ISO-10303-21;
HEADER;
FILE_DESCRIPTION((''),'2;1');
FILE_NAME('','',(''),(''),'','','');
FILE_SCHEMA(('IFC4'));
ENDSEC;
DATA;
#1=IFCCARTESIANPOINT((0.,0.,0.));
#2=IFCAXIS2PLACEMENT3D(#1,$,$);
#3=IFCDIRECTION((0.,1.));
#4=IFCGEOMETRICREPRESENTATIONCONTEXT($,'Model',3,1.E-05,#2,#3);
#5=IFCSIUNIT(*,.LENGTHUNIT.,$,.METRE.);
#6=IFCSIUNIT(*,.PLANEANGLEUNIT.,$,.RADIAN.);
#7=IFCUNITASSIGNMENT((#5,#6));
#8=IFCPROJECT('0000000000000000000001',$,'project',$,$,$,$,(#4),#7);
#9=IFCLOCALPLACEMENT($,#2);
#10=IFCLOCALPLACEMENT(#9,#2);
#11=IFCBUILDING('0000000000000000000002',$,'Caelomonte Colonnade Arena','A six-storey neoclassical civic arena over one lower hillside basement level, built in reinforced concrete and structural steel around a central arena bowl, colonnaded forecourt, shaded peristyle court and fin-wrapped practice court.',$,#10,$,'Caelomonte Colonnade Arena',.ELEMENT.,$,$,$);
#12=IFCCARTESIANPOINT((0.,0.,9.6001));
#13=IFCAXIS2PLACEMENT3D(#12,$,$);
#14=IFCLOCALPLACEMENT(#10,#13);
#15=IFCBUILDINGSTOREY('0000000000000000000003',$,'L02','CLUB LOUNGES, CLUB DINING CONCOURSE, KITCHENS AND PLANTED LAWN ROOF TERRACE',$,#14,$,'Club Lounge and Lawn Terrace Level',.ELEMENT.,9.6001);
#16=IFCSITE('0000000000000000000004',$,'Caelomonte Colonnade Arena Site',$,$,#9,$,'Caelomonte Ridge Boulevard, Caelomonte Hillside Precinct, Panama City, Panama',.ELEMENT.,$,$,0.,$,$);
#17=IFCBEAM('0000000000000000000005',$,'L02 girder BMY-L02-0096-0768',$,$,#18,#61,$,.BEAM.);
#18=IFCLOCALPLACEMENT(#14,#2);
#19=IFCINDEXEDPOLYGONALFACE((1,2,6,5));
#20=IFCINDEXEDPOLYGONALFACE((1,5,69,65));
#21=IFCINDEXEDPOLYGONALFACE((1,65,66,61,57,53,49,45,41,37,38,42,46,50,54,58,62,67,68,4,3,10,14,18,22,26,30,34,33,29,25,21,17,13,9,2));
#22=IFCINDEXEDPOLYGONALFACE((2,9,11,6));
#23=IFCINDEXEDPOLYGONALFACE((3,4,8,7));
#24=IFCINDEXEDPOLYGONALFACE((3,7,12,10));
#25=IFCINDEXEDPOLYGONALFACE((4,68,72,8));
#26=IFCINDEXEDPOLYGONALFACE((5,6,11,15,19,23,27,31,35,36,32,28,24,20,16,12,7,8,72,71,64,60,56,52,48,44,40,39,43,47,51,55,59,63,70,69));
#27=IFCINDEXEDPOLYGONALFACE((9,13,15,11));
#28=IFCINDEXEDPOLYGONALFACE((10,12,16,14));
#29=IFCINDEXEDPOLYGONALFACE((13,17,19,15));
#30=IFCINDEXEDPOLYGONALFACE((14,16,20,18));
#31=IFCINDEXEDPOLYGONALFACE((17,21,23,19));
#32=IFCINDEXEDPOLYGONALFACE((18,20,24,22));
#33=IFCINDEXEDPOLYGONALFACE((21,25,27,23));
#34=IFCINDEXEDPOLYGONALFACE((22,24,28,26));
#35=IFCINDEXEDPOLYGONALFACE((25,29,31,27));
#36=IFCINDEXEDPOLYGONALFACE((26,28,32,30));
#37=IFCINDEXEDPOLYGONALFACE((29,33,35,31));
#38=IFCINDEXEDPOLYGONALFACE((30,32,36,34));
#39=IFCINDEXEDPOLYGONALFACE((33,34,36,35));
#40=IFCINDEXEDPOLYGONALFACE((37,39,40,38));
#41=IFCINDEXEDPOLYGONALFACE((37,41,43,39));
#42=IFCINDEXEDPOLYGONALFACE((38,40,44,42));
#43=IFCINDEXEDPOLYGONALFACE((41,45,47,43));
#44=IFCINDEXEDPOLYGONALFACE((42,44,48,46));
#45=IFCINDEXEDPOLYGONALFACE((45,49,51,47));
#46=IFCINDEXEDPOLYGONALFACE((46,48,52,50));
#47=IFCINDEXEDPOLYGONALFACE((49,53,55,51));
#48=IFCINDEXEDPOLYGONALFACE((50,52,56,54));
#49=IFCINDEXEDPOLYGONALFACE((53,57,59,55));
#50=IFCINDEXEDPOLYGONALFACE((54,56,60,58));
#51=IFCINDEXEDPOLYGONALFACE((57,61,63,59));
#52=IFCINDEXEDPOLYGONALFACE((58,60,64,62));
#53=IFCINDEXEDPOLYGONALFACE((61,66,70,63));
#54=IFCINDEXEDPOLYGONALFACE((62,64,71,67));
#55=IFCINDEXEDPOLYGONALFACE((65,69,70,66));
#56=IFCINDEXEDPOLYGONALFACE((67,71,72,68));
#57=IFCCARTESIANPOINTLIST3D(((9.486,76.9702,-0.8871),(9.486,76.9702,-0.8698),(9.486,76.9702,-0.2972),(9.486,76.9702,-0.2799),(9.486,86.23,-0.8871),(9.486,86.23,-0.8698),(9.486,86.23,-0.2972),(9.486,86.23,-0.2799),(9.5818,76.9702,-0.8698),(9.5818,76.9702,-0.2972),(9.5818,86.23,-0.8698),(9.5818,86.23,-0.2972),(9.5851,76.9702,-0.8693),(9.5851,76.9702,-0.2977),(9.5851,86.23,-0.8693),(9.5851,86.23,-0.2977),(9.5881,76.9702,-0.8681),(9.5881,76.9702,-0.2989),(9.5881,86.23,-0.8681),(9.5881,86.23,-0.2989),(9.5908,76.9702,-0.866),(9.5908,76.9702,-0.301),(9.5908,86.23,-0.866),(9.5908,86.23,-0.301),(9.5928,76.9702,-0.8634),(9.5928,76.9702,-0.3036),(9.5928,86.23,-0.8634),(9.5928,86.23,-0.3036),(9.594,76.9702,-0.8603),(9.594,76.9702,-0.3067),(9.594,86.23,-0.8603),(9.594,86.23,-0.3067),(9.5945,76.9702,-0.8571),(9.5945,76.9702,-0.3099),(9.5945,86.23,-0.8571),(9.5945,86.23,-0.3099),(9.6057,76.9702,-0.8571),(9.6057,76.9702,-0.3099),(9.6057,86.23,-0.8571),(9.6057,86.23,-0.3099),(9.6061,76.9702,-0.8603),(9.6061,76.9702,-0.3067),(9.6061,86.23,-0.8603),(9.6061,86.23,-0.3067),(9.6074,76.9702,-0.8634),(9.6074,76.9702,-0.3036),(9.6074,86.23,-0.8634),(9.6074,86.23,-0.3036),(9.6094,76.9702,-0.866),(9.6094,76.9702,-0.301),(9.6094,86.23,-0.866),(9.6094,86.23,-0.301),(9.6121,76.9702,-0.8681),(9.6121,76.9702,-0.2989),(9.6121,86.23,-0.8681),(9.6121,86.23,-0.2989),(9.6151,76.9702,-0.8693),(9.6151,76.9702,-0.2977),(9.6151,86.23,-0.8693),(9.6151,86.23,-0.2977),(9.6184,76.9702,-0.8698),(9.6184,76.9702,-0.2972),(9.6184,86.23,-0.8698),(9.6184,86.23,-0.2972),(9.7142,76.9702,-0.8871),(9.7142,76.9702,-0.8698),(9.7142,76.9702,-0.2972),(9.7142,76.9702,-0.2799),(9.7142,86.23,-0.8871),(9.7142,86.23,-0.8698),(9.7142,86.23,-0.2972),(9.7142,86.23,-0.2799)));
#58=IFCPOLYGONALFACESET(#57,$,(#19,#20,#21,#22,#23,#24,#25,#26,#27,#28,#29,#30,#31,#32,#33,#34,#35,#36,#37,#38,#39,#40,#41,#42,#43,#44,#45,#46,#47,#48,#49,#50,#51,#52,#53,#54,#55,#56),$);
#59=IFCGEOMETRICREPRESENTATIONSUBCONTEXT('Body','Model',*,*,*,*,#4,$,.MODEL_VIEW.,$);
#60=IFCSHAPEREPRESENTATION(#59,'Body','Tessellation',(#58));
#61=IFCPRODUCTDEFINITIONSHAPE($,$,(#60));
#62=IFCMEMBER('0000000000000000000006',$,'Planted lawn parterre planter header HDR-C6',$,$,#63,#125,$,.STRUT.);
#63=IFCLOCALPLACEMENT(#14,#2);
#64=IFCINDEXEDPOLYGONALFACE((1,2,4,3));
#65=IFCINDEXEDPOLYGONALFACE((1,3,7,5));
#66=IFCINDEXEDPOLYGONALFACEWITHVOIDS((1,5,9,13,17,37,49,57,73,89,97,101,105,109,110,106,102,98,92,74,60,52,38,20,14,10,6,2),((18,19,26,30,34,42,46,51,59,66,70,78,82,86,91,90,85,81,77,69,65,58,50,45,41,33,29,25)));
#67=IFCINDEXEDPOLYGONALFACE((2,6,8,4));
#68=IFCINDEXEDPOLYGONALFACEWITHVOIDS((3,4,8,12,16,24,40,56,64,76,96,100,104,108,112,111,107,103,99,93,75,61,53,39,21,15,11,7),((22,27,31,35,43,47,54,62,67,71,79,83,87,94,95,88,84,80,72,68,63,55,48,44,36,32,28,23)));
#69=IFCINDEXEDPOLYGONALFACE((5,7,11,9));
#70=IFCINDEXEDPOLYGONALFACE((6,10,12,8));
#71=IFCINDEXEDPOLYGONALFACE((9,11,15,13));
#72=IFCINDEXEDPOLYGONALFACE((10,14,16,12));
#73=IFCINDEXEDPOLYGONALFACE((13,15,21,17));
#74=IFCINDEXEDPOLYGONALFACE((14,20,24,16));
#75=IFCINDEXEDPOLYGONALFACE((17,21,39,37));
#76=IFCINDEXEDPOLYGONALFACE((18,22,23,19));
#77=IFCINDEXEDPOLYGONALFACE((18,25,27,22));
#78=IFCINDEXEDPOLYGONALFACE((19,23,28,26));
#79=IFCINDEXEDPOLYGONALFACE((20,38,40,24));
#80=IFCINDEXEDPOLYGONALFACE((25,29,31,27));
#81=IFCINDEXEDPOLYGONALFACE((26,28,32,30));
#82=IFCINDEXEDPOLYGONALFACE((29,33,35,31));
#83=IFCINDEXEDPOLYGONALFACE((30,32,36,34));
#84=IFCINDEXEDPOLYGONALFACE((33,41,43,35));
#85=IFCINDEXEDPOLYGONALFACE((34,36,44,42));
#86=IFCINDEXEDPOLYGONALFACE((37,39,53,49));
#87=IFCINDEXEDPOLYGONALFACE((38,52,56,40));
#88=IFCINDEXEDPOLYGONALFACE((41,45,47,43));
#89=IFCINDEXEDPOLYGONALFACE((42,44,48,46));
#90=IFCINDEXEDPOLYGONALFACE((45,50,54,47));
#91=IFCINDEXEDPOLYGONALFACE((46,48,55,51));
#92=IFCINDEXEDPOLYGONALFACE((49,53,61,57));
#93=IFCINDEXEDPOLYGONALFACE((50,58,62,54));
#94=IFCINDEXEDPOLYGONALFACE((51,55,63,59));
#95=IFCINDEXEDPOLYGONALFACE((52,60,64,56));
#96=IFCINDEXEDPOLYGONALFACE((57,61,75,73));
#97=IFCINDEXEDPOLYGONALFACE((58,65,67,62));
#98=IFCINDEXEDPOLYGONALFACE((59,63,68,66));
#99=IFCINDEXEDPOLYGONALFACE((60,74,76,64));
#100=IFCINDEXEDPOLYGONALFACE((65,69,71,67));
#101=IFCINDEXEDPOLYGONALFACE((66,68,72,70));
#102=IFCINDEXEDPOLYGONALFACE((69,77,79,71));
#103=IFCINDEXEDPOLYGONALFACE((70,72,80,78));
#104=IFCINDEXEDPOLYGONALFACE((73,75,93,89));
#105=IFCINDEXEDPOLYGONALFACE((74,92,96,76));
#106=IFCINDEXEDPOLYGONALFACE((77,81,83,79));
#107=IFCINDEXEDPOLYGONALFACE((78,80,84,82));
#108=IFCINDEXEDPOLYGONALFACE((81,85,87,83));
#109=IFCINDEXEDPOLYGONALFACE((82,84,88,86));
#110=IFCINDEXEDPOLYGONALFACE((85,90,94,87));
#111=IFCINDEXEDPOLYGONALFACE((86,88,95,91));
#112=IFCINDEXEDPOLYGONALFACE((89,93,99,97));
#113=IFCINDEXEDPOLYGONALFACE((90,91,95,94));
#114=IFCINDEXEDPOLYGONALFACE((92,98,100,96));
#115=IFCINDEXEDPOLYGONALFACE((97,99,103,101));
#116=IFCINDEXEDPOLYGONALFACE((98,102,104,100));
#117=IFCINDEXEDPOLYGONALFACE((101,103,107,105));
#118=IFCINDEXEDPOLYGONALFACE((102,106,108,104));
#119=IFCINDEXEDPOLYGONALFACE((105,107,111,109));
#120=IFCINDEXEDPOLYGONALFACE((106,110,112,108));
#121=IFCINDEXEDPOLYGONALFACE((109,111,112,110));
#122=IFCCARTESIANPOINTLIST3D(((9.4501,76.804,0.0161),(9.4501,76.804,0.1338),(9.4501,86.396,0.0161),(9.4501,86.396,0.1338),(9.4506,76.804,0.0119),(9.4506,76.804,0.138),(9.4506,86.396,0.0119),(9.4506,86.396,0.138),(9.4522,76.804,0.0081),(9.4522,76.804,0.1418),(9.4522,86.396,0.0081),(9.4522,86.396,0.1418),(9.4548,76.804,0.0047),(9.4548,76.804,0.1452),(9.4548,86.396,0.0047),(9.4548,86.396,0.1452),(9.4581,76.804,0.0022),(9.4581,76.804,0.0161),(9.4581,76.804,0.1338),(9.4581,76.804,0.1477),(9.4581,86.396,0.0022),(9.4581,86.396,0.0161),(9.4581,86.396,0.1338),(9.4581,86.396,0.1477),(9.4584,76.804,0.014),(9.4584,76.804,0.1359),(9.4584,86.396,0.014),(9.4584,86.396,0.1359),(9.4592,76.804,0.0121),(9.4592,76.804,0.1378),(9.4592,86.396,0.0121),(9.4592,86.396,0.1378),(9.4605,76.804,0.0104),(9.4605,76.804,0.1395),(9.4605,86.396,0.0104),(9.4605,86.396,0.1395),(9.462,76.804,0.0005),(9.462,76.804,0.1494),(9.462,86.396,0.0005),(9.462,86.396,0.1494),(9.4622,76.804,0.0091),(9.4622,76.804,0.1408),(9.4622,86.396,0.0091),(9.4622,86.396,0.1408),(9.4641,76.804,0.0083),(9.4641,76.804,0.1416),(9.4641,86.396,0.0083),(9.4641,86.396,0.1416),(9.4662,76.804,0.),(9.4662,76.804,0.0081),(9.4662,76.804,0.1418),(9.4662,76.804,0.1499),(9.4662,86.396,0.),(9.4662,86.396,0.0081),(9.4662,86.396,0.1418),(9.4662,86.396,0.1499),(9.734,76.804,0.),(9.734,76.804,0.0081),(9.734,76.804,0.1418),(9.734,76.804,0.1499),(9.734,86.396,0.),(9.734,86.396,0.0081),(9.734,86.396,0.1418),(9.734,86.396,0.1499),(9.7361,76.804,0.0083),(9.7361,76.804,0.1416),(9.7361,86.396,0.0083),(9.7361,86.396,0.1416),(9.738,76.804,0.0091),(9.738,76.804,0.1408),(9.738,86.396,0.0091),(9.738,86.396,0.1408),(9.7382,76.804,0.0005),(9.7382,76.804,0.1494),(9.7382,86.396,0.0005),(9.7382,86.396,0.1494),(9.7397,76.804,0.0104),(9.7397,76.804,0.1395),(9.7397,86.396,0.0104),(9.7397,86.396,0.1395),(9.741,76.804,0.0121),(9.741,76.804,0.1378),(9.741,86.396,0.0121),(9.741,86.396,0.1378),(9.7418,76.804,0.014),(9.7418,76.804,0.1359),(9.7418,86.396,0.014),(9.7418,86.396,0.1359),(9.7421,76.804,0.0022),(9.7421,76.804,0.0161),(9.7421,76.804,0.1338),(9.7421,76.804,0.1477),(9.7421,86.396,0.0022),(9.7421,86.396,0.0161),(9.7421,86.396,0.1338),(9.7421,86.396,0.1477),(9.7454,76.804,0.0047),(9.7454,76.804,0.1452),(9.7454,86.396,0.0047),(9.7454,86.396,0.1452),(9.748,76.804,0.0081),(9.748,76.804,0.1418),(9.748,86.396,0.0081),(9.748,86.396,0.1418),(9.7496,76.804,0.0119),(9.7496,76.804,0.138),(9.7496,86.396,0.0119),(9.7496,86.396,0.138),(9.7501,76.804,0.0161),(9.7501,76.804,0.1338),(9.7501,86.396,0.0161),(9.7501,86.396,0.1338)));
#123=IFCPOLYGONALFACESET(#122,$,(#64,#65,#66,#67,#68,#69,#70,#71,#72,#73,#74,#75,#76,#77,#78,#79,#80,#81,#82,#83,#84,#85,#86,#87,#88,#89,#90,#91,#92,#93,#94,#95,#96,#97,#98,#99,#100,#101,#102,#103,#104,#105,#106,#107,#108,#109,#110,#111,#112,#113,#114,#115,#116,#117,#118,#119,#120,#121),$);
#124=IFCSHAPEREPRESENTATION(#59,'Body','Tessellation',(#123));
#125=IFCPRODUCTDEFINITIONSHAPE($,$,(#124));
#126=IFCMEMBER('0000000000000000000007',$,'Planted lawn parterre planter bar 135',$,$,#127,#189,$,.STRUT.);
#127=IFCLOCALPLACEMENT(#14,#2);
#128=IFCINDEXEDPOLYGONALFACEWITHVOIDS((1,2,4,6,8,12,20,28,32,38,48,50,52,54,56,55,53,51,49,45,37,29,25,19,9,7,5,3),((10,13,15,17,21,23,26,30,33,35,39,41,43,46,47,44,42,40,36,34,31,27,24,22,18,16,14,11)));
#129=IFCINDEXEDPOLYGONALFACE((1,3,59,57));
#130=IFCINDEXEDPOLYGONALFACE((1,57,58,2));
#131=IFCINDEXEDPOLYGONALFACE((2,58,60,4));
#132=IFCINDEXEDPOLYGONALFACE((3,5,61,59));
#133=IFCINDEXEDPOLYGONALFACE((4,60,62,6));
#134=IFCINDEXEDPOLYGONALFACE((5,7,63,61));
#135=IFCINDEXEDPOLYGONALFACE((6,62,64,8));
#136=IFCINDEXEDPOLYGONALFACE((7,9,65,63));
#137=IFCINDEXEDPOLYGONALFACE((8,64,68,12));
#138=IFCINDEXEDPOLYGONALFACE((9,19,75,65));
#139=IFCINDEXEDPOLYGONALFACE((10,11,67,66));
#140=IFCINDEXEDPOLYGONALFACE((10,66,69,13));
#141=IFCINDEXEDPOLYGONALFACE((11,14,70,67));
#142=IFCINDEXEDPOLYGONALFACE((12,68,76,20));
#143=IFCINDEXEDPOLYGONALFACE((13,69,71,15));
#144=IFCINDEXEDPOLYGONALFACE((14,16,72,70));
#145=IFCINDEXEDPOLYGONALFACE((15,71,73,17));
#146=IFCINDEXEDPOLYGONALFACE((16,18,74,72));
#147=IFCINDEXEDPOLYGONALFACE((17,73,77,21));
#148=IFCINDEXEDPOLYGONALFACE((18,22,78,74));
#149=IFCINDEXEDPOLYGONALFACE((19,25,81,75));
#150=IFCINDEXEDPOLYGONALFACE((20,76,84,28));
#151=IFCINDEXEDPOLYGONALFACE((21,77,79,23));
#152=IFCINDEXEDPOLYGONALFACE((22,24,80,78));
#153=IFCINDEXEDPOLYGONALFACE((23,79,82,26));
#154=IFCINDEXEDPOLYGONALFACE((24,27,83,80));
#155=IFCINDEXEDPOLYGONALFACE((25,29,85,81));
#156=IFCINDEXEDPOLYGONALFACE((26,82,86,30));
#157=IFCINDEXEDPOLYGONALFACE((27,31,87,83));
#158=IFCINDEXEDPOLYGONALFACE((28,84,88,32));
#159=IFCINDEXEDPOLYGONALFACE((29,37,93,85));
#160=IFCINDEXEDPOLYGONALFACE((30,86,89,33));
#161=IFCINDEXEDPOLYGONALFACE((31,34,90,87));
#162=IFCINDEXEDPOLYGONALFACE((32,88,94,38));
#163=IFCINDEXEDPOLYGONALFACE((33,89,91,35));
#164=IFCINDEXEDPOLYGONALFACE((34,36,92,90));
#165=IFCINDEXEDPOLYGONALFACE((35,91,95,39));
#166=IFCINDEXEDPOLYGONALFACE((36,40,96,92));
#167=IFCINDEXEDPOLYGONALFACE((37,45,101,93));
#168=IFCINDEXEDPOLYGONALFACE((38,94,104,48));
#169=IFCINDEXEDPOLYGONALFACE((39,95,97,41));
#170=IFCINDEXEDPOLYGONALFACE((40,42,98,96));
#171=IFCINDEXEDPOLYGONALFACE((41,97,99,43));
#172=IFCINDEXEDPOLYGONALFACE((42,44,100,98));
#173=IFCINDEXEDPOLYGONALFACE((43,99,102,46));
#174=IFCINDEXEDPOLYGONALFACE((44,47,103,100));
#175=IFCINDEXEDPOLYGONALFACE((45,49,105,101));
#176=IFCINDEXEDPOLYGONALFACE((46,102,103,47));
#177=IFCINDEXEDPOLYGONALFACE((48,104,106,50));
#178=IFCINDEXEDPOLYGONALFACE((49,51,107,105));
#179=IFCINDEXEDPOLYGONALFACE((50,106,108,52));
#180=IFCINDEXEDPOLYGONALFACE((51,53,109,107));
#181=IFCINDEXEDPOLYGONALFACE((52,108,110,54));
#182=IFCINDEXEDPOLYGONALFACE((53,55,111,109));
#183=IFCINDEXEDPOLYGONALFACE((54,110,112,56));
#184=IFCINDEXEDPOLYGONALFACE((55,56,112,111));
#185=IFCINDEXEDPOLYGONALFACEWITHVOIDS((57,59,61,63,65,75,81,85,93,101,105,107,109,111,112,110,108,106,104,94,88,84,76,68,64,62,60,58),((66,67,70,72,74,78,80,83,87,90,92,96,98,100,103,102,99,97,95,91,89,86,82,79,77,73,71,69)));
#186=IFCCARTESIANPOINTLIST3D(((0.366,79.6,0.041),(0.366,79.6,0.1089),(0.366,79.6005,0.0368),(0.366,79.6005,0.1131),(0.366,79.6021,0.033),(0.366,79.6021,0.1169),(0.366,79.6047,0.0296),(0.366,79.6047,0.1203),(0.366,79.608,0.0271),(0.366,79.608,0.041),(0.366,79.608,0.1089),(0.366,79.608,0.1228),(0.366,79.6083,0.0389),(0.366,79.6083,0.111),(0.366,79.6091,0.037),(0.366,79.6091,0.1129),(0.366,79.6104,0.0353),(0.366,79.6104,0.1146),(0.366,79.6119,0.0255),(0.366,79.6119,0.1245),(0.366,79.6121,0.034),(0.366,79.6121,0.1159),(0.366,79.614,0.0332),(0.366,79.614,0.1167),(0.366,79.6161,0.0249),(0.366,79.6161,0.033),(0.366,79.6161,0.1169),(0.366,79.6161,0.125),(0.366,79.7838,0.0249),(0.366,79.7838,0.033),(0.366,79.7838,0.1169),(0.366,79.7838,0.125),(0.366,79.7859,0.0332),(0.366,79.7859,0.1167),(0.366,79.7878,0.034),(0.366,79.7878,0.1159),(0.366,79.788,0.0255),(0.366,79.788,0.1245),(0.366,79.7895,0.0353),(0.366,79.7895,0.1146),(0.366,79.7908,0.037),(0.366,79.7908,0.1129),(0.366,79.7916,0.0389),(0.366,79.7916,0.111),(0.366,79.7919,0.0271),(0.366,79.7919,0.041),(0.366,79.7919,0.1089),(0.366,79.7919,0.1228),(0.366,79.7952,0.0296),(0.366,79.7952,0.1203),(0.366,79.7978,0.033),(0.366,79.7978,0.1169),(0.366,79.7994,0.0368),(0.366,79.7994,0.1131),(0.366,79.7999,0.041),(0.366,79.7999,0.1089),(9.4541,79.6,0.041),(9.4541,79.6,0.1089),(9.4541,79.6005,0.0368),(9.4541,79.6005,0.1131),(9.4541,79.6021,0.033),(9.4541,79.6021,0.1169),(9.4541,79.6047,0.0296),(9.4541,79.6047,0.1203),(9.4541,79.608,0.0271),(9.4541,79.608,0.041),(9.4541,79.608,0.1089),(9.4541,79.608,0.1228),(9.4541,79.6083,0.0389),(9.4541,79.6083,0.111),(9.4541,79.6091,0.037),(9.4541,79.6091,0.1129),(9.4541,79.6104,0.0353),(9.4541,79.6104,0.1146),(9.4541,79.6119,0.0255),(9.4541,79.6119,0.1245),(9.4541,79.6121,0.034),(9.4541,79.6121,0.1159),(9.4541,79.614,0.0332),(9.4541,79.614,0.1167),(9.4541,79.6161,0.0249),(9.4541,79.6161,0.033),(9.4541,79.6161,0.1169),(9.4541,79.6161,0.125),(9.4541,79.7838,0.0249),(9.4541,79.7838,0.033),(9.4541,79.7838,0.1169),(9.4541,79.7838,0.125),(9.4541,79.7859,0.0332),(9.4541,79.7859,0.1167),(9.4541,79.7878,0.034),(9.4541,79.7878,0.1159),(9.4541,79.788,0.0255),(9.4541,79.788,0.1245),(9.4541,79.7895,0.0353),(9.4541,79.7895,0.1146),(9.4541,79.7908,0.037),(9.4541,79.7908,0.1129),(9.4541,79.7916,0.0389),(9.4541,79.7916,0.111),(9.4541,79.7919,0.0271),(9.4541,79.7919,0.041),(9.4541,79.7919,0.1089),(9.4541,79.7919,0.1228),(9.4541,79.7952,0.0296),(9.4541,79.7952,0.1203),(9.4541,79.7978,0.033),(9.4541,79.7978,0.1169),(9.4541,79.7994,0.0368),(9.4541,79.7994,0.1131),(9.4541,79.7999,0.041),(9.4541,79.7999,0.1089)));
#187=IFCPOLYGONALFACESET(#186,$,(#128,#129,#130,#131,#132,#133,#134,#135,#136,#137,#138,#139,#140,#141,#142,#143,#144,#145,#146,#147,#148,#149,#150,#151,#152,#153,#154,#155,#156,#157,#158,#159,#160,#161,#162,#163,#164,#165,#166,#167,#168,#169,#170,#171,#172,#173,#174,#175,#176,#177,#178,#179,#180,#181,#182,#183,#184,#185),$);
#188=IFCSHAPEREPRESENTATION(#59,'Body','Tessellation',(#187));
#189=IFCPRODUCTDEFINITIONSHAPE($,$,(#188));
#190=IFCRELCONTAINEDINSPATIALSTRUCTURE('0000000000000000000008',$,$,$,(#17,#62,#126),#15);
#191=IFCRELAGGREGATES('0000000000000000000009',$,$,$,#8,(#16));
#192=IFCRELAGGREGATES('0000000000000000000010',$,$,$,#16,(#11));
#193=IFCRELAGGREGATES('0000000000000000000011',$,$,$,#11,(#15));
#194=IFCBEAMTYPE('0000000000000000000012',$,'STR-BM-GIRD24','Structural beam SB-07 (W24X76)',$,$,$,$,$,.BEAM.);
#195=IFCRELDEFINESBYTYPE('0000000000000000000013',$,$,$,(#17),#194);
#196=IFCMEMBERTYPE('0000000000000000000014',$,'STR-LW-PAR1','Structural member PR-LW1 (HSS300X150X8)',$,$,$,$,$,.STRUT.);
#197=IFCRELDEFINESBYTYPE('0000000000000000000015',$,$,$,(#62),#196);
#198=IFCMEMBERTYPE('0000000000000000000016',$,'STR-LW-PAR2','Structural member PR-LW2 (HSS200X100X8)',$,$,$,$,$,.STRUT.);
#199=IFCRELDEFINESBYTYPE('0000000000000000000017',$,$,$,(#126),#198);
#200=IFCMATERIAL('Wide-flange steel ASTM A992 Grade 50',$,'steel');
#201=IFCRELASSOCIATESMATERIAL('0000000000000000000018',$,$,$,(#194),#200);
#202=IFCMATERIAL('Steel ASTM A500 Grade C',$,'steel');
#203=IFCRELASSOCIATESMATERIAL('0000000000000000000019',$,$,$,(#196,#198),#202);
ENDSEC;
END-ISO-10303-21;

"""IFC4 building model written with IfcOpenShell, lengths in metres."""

from ifc_helpers import new_model, si_unit, direction, frame, origin, origin_2d, place, context, subcontext, project, spatial, hollow_rectangle, i_section, extrude, material, material_profile, profile_set, type_object, element, save


model = new_model("IFC4")

# Units and contexts
model_context = context("Model", 3, precision=1e-05, world=origin(), true_north=direction((0.0, 1.0)))
body_context = subcontext(model_context, "Body", "Model", "MODEL_VIEW")
ifc_project = project(units=[si_unit("LENGTHUNIT", "METRE"), si_unit("PLANEANGLEUNIT", "RADIAN")], contexts=[model_context])

# Site, building, storey
site_placement = place(None, origin())
site = spatial("IfcSite", under=ifc_project, at=site_placement, Name="Caelomonte Colonnade Arena Site", LongName="Caelomonte Ridge Boulevard, Caelomonte Hillside Precinct, Panama City, Panama", CompositionType="ELEMENT", RefElevation=0.0)
building_placement = place(site_placement, origin())
building = spatial("IfcBuilding", under=site, at=building_placement, Name="Caelomonte Colonnade Arena", Description="A six-storey neoclassical civic arena over one lower hillside basement level, built in reinforced concrete and structural steel around a central arena bowl, colonnaded forecourt, shaded peristyle court and fin-wrapped practice court.", LongName="Caelomonte Colonnade Arena", CompositionType="ELEMENT")
storey_placement = place(building_placement, frame((0.0, 0.0, 9.6001)))
storey = spatial("IfcBuildingStorey", under=building, at=storey_placement, Name="L02", Description="CLUB LOUNGES, CLUB DINING CONCOURSE, KITCHENS AND PLANTED LAWN ROOF TERRACE", LongName="Club Lounge and Lawn Terrace Level", CompositionType="ELEMENT", Elevation=9.6001)

# Beam
ifc_material_1 = material(Name="Wide-flange steel ASTM A992 Grade 50", Category="steel")
ifc_material_profile_1 = material_profile(ifc_material_1, i_section(OverallWidth=0.2283, OverallDepth=0.6072, WebThickness=0.0112, FlangeThickness=0.0173, FilletRadius=0.0127, at=origin_2d()), Name="W24X76")
ifc_profile_set_1 = profile_set([ifc_material_profile_1], Name="Wide-flange steel ASTM A992 Grade 50")
beam_type = type_object("IfcBeamType", Name="STR-BM-GIRD24", Description="Structural beam SB-07 (W24X76)", PredefinedType="BEAM", material=ifc_profile_set_1)
beam_placement = place(storey_placement, frame((9.6001, 76.9702, -0.5835), z_axis=(0.0, 1.0, 0.0), x_axis=(-1.0, 0.0, 0.0)))
element("IfcBeam", 1, at=beam_placement, inside=storey, type_object=beam_type, Name="L02 girder BMY-L02-0096-0768", PredefinedType="BEAM", context=body_context, shape_type="SweptSolid", body=[
    extrude(i_section(OverallWidth=0.2283, OverallDepth=0.6072, WebThickness=0.0112, FlangeThickness=0.0173, FilletRadius=0.0127, at=origin_2d()), origin(), (0.0, 0.0, 1.0), 9.2598),
])

# Members
ifc_material_2 = material(Name="Steel ASTM A500 Grade C", Category="steel")
ifc_material_profile_2 = material_profile(ifc_material_2, hollow_rectangle(XDim=0.3, YDim=0.1499, WallThickness=0.0081, InnerFilletRadius=0.0081, OuterFilletRadius=0.0161, at=origin_2d()), Name="HSS300X150X8")
ifc_profile_set_2 = profile_set([ifc_material_profile_2], Name="Steel ASTM A500 Grade C")
member_type_1 = type_object("IfcMemberType", Name="STR-LW-PAR1", Description="Structural member PR-LW1 (HSS300X150X8)", PredefinedType="STRUT", material=ifc_profile_set_2)
member_placement = place(storey_placement, frame((9.6001, 76.804, 0.075), z_axis=(0.0, 1.0, 0.0), x_axis=(-1.0, 0.0, 0.0)))
element("IfcMember", 2, at=member_placement, inside=storey, type_object=member_type_1, Name="Planted lawn parterre planter header HDR-C6", PredefinedType="STRUT", context=body_context, shape_type="SweptSolid", body=[
    extrude(hollow_rectangle(XDim=0.3, YDim=0.1499, WallThickness=0.0081, InnerFilletRadius=0.0081, OuterFilletRadius=0.0161, at=origin_2d()), origin(), (0.0, 0.0, 1.0), 9.592),
])
ifc_material_profile_3 = material_profile(ifc_material_2, hollow_rectangle(XDim=0.2, YDim=0.1001, WallThickness=0.0081, InnerFilletRadius=0.0081, OuterFilletRadius=0.0161, at=origin_2d()), Name="HSS200X100X8")
ifc_profile_set_3 = profile_set([ifc_material_profile_3], Name="Steel ASTM A500 Grade C")
member_type_2 = type_object("IfcMemberType", Name="STR-LW-PAR2", Description="Structural member PR-LW2 (HSS200X100X8)", PredefinedType="STRUT", material=ifc_profile_set_3)
for number, where, z_axis, x_axis, name in (
    (3, (0.366, 79.7, 0.075), (1.0, 0.0, 0.0), (0.0, 1.0, 0.0), "Planted lawn parterre planter bar 135"),
):
    element("IfcMember", number, at=place(storey_placement, frame(where, z_axis=z_axis, x_axis=x_axis)), inside=storey, type_object=member_type_2, Name=name, PredefinedType="STRUT", context=body_context, shape_type="SweptSolid", body=[
        extrude(hollow_rectangle(XDim=0.2, YDim=0.1001, WallThickness=0.0081, InnerFilletRadius=0.0081, OuterFilletRadius=0.0161, at=origin_2d()), origin(), (0.0, 0.0, 1.0), 9.0881),
    ])

save(model, "model.ifc")
